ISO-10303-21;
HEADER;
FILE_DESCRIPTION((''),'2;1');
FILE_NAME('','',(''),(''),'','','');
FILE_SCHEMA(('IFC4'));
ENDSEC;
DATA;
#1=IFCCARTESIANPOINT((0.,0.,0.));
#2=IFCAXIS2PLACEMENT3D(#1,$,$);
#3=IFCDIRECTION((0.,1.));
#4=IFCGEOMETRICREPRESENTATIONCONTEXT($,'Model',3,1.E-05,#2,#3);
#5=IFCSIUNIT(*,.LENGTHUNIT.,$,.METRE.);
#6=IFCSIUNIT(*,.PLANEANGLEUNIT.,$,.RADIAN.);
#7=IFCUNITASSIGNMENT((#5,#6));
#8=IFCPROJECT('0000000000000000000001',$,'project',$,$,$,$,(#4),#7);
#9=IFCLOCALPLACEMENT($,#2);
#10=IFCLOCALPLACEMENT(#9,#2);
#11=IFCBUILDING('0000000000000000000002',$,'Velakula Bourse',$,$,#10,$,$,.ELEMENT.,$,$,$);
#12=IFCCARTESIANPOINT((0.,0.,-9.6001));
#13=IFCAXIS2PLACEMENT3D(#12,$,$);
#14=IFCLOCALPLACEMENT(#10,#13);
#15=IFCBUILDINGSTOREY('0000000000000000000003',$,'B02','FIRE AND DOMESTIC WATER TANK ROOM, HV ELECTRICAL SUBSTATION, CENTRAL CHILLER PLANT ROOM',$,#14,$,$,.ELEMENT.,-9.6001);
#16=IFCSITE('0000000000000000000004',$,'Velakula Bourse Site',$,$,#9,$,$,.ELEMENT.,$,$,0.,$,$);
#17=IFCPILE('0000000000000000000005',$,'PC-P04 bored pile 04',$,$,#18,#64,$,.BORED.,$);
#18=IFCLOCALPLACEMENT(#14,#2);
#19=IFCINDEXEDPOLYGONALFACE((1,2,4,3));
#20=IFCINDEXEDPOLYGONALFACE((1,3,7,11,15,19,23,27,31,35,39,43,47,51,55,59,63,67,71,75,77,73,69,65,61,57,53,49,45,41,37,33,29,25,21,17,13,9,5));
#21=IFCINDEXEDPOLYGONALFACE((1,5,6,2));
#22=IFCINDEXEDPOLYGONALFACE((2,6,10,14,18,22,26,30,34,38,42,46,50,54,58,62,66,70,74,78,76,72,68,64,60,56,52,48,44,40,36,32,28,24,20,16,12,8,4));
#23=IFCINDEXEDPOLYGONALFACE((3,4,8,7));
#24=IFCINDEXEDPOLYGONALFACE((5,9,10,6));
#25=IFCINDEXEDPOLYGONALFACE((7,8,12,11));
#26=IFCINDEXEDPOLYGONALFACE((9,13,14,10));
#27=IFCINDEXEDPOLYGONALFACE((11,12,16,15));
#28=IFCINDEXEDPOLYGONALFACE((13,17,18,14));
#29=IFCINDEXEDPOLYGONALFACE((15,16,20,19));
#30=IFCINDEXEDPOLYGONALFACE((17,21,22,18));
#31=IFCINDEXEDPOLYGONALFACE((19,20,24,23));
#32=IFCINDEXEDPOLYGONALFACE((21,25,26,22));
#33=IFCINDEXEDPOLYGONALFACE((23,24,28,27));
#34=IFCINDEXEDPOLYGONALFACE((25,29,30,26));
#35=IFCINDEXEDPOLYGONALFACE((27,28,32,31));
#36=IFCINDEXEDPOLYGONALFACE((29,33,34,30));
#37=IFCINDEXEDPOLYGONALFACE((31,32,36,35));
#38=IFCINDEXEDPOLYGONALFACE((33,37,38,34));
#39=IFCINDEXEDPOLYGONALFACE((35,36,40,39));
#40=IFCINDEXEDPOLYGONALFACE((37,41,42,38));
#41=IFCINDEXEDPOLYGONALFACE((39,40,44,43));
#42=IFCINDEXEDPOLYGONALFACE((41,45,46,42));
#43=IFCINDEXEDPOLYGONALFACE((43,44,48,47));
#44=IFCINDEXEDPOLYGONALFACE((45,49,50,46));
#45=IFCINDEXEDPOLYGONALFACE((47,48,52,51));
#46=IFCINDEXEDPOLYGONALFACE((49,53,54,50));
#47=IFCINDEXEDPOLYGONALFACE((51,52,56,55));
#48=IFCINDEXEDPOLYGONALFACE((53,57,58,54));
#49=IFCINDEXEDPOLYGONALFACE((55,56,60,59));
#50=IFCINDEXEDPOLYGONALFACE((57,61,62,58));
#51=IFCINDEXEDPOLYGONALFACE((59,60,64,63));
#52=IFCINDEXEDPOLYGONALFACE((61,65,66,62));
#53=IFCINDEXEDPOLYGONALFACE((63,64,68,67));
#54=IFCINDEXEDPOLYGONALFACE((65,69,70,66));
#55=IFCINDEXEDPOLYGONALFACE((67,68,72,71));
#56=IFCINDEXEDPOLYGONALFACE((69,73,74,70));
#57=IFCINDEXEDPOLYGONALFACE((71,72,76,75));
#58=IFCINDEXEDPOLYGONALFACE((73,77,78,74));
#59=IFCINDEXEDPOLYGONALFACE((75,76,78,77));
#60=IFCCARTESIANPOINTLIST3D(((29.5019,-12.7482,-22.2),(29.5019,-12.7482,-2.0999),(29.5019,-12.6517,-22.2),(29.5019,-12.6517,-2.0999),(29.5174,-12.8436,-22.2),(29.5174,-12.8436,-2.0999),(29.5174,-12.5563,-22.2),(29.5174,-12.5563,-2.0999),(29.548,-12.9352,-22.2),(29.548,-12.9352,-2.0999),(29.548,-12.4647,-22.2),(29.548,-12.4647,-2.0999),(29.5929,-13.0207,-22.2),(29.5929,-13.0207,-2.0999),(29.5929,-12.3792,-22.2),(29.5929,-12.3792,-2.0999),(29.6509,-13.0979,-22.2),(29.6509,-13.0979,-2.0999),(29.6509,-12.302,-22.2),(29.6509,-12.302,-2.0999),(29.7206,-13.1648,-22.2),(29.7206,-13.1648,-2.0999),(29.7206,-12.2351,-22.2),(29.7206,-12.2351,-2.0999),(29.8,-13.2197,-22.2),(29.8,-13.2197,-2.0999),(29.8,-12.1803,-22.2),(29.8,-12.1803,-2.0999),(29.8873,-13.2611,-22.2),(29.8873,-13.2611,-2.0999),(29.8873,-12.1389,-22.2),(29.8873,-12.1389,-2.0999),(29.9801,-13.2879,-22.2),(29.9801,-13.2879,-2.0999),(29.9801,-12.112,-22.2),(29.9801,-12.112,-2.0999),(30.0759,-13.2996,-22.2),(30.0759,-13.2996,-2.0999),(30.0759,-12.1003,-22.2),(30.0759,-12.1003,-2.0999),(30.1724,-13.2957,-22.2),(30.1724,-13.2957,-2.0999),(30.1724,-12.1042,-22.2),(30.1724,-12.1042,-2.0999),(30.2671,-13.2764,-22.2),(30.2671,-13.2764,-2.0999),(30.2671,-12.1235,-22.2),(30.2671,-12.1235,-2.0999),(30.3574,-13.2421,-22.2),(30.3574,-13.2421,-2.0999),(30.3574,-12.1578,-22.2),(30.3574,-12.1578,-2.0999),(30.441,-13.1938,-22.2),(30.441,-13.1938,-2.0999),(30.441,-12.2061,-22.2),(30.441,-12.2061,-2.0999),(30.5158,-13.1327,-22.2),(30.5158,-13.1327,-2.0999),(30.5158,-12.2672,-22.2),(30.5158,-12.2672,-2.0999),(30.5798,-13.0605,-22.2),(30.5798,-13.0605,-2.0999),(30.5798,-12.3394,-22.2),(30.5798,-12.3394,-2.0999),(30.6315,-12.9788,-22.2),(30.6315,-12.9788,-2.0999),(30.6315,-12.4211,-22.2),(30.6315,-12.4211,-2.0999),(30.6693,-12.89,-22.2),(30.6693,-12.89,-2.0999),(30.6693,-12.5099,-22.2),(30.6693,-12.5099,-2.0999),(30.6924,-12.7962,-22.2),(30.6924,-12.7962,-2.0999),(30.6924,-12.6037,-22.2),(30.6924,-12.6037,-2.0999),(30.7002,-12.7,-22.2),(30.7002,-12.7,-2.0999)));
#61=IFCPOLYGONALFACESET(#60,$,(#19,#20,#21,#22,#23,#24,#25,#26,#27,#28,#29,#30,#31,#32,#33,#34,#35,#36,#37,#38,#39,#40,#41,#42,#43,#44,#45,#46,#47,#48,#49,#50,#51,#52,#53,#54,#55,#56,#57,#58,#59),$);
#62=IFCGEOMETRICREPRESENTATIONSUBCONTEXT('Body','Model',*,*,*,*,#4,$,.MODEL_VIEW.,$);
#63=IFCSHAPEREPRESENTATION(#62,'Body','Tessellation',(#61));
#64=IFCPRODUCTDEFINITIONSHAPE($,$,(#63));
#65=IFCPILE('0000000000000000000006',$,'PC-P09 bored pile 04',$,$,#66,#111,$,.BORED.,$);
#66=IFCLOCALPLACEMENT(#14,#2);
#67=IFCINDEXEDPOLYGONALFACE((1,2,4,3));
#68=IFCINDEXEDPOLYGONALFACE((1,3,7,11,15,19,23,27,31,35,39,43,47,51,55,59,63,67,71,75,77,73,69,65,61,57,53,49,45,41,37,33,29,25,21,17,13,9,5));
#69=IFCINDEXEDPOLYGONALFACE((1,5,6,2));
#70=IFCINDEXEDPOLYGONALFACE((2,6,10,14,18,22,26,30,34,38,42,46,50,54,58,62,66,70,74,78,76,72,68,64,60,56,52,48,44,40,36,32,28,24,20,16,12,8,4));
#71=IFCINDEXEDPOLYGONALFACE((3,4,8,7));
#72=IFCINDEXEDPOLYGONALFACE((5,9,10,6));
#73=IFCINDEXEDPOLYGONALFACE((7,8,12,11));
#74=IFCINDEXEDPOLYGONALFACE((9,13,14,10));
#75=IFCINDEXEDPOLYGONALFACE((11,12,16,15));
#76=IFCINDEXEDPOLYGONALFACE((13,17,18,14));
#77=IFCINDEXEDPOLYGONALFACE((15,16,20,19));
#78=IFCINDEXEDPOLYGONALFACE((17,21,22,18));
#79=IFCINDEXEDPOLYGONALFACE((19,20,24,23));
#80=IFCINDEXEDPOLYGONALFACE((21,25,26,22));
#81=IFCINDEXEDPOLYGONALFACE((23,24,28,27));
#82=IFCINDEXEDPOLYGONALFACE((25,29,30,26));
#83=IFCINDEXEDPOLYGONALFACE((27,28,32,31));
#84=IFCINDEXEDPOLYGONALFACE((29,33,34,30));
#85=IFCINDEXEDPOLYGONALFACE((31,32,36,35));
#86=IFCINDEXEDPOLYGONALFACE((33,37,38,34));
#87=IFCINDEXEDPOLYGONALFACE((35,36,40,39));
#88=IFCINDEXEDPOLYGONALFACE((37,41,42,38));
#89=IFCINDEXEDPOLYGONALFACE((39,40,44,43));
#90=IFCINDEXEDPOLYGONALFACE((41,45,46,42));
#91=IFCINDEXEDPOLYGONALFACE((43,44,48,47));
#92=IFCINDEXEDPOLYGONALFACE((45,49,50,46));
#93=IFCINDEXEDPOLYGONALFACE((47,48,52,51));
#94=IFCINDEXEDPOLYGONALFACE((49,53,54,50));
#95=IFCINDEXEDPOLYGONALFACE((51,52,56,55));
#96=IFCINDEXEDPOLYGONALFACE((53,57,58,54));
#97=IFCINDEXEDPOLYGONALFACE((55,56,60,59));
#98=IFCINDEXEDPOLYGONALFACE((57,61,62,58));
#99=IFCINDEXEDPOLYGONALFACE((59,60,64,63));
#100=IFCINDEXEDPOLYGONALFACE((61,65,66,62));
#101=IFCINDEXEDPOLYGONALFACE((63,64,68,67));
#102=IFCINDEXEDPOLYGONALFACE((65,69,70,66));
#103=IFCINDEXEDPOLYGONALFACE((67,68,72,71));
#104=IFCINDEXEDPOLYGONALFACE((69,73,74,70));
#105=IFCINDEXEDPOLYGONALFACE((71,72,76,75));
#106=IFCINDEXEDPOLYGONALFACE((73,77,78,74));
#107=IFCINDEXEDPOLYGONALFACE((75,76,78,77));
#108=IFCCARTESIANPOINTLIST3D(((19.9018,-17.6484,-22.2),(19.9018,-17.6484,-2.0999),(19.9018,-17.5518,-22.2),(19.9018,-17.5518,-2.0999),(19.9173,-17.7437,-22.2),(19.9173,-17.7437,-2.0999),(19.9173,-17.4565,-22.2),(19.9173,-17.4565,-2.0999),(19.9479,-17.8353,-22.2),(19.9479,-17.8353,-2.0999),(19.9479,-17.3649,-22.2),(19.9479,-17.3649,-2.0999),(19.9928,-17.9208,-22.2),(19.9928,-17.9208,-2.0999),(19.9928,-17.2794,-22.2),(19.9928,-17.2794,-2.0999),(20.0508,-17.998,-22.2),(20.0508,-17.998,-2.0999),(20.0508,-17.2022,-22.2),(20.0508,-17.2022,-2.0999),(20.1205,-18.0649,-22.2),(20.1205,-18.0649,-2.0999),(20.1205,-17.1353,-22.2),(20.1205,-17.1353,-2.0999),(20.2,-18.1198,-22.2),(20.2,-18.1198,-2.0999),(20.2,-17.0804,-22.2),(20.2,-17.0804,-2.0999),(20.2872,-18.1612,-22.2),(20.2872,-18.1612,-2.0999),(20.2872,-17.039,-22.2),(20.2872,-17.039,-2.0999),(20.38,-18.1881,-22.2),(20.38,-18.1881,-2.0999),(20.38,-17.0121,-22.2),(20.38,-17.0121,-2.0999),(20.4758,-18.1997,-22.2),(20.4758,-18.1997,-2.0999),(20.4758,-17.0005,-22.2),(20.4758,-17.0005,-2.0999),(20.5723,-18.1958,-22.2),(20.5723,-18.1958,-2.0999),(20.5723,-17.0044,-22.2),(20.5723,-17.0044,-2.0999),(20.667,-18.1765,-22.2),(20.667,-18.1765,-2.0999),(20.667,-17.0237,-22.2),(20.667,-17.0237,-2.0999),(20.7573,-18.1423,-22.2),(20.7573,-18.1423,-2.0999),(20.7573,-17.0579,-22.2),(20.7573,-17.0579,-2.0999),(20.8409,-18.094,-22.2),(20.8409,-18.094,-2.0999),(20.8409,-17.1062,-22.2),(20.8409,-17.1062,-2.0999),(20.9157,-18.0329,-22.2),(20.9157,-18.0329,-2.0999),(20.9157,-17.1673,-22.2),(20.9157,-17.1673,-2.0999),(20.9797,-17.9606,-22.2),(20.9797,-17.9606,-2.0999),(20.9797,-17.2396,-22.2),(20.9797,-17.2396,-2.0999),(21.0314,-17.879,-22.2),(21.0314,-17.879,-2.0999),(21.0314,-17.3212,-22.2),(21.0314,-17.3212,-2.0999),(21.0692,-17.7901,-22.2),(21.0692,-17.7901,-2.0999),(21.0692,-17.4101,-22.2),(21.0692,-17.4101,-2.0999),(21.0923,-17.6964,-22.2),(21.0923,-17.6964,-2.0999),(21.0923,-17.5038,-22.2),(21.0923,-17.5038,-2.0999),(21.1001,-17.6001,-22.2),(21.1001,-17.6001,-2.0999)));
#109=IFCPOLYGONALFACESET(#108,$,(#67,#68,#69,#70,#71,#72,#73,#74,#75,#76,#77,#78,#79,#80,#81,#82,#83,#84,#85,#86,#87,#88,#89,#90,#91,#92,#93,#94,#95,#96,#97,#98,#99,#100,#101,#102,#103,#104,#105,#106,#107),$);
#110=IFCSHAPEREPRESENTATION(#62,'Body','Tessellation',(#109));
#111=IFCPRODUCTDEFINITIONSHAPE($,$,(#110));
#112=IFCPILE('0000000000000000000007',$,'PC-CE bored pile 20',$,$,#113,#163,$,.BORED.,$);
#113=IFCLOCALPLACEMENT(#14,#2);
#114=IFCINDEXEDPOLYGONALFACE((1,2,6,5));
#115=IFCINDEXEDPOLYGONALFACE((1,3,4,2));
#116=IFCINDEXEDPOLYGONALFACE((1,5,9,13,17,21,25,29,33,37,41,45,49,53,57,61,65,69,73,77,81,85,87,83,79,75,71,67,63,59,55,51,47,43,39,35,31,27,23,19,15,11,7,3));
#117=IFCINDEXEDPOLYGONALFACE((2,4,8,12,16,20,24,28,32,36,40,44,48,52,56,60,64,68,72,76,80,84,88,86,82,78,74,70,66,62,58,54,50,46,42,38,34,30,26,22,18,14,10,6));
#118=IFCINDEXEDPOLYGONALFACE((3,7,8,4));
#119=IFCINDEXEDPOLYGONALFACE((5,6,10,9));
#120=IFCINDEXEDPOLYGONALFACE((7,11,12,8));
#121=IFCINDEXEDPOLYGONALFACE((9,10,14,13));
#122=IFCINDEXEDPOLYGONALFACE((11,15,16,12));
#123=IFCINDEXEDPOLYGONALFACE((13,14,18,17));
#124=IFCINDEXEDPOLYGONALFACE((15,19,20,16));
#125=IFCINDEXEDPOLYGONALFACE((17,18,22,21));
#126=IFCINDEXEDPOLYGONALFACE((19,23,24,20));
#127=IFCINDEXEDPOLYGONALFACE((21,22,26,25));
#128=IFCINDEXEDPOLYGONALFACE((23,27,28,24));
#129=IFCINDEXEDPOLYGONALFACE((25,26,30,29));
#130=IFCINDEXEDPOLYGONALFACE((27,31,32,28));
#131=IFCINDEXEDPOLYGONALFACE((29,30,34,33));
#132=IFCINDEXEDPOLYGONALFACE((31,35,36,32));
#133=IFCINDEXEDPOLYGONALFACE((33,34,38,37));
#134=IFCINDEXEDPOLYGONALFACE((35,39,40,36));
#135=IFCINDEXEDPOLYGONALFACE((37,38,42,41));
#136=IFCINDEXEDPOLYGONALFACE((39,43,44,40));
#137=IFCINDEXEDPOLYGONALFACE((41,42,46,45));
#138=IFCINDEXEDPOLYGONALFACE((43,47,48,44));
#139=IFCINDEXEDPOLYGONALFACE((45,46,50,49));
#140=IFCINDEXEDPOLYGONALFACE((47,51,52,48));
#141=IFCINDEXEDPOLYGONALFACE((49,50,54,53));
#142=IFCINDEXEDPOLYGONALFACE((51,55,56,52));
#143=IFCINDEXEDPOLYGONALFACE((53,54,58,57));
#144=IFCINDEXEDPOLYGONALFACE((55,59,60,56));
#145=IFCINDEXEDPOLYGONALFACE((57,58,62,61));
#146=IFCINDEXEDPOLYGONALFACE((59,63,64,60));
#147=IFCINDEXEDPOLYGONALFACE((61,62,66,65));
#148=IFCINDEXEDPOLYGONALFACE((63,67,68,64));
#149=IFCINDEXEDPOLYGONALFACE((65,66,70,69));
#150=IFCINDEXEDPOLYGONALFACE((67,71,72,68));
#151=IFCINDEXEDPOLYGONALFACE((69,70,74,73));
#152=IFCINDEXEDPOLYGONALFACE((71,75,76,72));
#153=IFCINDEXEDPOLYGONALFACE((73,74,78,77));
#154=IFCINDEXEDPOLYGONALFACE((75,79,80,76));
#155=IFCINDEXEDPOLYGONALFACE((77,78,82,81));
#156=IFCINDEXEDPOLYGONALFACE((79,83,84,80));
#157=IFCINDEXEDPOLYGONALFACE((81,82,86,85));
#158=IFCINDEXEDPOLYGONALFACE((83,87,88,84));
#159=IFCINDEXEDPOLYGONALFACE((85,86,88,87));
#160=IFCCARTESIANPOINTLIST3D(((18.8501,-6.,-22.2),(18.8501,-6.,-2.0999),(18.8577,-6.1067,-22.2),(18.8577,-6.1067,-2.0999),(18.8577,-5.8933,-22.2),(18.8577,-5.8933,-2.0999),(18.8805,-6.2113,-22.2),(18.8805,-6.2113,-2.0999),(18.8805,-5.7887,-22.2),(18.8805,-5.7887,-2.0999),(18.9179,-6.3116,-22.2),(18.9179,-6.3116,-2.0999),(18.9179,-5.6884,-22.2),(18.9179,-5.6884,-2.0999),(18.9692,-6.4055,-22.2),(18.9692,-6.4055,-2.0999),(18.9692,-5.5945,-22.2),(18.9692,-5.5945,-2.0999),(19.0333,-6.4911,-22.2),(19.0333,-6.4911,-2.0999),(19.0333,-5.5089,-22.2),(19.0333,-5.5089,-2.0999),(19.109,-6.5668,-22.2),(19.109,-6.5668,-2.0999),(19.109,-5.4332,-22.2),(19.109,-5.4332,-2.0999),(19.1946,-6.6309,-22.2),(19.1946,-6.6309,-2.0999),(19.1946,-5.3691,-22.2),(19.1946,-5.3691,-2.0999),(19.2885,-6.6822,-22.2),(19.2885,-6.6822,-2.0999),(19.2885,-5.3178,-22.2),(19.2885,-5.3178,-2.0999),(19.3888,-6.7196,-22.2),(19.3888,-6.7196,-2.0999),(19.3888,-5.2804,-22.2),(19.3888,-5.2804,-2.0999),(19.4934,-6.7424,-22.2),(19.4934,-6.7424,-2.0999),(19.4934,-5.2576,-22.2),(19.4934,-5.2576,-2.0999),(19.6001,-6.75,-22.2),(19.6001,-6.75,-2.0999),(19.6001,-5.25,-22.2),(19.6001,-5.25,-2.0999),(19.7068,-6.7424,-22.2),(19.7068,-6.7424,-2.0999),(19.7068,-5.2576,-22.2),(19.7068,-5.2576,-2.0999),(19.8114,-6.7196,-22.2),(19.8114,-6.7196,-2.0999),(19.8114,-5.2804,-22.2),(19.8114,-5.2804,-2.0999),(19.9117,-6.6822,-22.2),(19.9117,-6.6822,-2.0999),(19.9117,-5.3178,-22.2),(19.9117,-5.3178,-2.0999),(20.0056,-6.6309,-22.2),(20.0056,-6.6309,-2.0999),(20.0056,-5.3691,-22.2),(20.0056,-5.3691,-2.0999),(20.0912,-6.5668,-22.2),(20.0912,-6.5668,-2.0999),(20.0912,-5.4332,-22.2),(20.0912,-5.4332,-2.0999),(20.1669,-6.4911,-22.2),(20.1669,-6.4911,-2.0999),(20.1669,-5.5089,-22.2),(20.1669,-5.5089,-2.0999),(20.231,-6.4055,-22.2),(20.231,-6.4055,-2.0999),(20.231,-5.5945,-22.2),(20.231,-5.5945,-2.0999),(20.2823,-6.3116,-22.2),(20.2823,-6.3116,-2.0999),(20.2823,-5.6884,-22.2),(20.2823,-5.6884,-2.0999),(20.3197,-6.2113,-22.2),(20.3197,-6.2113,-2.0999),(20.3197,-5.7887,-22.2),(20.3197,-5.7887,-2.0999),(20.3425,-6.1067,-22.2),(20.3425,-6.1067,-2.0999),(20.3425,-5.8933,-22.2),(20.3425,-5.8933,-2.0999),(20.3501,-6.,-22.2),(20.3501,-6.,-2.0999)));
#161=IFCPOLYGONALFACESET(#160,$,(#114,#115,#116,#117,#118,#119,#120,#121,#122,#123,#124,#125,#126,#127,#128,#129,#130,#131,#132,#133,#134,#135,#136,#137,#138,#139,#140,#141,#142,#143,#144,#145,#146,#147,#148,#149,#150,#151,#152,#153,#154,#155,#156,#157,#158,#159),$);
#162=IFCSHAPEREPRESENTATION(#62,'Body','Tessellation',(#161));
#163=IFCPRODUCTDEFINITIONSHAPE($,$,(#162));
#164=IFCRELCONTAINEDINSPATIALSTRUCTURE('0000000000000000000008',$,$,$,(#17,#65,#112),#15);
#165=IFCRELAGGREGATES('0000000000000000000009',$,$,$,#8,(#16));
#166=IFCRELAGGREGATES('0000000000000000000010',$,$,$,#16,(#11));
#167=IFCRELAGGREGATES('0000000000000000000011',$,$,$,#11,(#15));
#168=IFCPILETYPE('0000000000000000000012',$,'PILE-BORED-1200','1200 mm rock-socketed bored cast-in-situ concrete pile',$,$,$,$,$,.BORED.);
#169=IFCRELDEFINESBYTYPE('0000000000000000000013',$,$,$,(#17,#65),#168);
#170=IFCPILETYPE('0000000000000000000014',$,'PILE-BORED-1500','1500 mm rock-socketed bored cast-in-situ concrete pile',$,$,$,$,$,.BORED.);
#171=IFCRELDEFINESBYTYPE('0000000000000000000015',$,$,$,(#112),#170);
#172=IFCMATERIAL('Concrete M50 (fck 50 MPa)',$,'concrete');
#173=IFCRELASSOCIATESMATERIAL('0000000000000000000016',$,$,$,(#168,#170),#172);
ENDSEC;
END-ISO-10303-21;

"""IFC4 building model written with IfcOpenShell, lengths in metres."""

from ifc_helpers import new_model, si_unit, direction, frame, origin, origin_2d, place, context, subcontext, project, spatial, circle, extrude, material, material_profile, profile_set, type_object, element, save


model = new_model("IFC4")

# Units and contexts
model_context = context("Model", 3, precision=1e-05, world=origin(), true_north=direction((0.0, 1.0)))
body_context = subcontext(model_context, "Body", "Model", "MODEL_VIEW")
ifc_project = project(units=[si_unit("LENGTHUNIT", "METRE"), si_unit("PLANEANGLEUNIT", "RADIAN")], contexts=[model_context])

# Site, building, storey
site_placement = place(None, origin())
site = spatial("IfcSite", under=ifc_project, at=site_placement, Name="Velakula Bourse Site", CompositionType="ELEMENT", RefElevation=0.0)
building_placement = place(site_placement, origin())
building = spatial("IfcBuilding", under=site, at=building_placement, Name="Velakula Bourse", CompositionType="ELEMENT")
storey_placement = place(building_placement, frame((0.0, 0.0, -9.6001)))
storey = spatial("IfcBuildingStorey", under=building, at=storey_placement, Name="B02", Description="FIRE AND DOMESTIC WATER TANK ROOM, HV ELECTRICAL SUBSTATION, CENTRAL CHILLER PLANT ROOM", CompositionType="ELEMENT", Elevation=-9.6001)

# Shared definitions
ifc_material_1 = material(Name="Concrete M50 (fck 50 MPa)", Category="concrete")

# Piles
ifc_material_profile_1 = material_profile(ifc_material_1, circle(Radius=0.6001, at=origin_2d()), Name="Concrete M50 (fck 50 MPa)")
ifc_profile_set_1 = profile_set([ifc_material_profile_1], Name="Concrete M50 (fck 50 MPa)")
pile_type_1 = type_object("IfcPileType", Name="PILE-BORED-1200", Description="1200 mm rock-socketed bored cast-in-situ concrete pile", PredefinedType="BORED", material=ifc_profile_set_1)
for number, where, z_axis, x_axis, name in (
    (1, (30.1001, -12.7, -2.0999), (0.0, 0.0, -1.0), (1.0, 0.0, 0.0), "PC-P04 bored pile 04"),
    (2, (20.5, -17.6001, -2.0999), (0.0, 0.0, -1.0), (1.0, 0.0, 0.0), "PC-P09 bored pile 04"),
):
    element("IfcPile", number, at=place(storey_placement, frame(where, z_axis=z_axis, x_axis=x_axis)), inside=storey, type_object=pile_type_1, Name=name, PredefinedType="BORED", context=body_context, shape_type="SweptSolid", body=[
        extrude(circle(Radius=0.6001, at=origin_2d()), origin(), (0.0, 0.0, 1.0), 20.1001),
    ])
ifc_material_profile_2 = material_profile(ifc_material_1, circle(Radius=0.75, at=origin_2d()), Name="Concrete M50 (fck 50 MPa)")
ifc_profile_set_2 = profile_set([ifc_material_profile_2], Name="Concrete M50 (fck 50 MPa)")
pile_type_2 = type_object("IfcPileType", Name="PILE-BORED-1500", Description="1500 mm rock-socketed bored cast-in-situ concrete pile", PredefinedType="BORED", material=ifc_profile_set_2)
for number, where, z_axis, x_axis, name in (
    (3, (19.6001, -6.0, -2.0999), (0.0, 0.0, -1.0), (1.0, 0.0, 0.0), "PC-CE bored pile 20"),
):
    element("IfcPile", number, at=place(storey_placement, frame(where, z_axis=z_axis, x_axis=x_axis)), inside=storey, type_object=pile_type_2, Name=name, PredefinedType="BORED", context=body_context, shape_type="SweptSolid", body=[
        extrude(circle(Radius=0.75, at=origin_2d()), origin(), (0.0, 0.0, 1.0), 20.1001),
    ])

save(model, "model.ifc")
